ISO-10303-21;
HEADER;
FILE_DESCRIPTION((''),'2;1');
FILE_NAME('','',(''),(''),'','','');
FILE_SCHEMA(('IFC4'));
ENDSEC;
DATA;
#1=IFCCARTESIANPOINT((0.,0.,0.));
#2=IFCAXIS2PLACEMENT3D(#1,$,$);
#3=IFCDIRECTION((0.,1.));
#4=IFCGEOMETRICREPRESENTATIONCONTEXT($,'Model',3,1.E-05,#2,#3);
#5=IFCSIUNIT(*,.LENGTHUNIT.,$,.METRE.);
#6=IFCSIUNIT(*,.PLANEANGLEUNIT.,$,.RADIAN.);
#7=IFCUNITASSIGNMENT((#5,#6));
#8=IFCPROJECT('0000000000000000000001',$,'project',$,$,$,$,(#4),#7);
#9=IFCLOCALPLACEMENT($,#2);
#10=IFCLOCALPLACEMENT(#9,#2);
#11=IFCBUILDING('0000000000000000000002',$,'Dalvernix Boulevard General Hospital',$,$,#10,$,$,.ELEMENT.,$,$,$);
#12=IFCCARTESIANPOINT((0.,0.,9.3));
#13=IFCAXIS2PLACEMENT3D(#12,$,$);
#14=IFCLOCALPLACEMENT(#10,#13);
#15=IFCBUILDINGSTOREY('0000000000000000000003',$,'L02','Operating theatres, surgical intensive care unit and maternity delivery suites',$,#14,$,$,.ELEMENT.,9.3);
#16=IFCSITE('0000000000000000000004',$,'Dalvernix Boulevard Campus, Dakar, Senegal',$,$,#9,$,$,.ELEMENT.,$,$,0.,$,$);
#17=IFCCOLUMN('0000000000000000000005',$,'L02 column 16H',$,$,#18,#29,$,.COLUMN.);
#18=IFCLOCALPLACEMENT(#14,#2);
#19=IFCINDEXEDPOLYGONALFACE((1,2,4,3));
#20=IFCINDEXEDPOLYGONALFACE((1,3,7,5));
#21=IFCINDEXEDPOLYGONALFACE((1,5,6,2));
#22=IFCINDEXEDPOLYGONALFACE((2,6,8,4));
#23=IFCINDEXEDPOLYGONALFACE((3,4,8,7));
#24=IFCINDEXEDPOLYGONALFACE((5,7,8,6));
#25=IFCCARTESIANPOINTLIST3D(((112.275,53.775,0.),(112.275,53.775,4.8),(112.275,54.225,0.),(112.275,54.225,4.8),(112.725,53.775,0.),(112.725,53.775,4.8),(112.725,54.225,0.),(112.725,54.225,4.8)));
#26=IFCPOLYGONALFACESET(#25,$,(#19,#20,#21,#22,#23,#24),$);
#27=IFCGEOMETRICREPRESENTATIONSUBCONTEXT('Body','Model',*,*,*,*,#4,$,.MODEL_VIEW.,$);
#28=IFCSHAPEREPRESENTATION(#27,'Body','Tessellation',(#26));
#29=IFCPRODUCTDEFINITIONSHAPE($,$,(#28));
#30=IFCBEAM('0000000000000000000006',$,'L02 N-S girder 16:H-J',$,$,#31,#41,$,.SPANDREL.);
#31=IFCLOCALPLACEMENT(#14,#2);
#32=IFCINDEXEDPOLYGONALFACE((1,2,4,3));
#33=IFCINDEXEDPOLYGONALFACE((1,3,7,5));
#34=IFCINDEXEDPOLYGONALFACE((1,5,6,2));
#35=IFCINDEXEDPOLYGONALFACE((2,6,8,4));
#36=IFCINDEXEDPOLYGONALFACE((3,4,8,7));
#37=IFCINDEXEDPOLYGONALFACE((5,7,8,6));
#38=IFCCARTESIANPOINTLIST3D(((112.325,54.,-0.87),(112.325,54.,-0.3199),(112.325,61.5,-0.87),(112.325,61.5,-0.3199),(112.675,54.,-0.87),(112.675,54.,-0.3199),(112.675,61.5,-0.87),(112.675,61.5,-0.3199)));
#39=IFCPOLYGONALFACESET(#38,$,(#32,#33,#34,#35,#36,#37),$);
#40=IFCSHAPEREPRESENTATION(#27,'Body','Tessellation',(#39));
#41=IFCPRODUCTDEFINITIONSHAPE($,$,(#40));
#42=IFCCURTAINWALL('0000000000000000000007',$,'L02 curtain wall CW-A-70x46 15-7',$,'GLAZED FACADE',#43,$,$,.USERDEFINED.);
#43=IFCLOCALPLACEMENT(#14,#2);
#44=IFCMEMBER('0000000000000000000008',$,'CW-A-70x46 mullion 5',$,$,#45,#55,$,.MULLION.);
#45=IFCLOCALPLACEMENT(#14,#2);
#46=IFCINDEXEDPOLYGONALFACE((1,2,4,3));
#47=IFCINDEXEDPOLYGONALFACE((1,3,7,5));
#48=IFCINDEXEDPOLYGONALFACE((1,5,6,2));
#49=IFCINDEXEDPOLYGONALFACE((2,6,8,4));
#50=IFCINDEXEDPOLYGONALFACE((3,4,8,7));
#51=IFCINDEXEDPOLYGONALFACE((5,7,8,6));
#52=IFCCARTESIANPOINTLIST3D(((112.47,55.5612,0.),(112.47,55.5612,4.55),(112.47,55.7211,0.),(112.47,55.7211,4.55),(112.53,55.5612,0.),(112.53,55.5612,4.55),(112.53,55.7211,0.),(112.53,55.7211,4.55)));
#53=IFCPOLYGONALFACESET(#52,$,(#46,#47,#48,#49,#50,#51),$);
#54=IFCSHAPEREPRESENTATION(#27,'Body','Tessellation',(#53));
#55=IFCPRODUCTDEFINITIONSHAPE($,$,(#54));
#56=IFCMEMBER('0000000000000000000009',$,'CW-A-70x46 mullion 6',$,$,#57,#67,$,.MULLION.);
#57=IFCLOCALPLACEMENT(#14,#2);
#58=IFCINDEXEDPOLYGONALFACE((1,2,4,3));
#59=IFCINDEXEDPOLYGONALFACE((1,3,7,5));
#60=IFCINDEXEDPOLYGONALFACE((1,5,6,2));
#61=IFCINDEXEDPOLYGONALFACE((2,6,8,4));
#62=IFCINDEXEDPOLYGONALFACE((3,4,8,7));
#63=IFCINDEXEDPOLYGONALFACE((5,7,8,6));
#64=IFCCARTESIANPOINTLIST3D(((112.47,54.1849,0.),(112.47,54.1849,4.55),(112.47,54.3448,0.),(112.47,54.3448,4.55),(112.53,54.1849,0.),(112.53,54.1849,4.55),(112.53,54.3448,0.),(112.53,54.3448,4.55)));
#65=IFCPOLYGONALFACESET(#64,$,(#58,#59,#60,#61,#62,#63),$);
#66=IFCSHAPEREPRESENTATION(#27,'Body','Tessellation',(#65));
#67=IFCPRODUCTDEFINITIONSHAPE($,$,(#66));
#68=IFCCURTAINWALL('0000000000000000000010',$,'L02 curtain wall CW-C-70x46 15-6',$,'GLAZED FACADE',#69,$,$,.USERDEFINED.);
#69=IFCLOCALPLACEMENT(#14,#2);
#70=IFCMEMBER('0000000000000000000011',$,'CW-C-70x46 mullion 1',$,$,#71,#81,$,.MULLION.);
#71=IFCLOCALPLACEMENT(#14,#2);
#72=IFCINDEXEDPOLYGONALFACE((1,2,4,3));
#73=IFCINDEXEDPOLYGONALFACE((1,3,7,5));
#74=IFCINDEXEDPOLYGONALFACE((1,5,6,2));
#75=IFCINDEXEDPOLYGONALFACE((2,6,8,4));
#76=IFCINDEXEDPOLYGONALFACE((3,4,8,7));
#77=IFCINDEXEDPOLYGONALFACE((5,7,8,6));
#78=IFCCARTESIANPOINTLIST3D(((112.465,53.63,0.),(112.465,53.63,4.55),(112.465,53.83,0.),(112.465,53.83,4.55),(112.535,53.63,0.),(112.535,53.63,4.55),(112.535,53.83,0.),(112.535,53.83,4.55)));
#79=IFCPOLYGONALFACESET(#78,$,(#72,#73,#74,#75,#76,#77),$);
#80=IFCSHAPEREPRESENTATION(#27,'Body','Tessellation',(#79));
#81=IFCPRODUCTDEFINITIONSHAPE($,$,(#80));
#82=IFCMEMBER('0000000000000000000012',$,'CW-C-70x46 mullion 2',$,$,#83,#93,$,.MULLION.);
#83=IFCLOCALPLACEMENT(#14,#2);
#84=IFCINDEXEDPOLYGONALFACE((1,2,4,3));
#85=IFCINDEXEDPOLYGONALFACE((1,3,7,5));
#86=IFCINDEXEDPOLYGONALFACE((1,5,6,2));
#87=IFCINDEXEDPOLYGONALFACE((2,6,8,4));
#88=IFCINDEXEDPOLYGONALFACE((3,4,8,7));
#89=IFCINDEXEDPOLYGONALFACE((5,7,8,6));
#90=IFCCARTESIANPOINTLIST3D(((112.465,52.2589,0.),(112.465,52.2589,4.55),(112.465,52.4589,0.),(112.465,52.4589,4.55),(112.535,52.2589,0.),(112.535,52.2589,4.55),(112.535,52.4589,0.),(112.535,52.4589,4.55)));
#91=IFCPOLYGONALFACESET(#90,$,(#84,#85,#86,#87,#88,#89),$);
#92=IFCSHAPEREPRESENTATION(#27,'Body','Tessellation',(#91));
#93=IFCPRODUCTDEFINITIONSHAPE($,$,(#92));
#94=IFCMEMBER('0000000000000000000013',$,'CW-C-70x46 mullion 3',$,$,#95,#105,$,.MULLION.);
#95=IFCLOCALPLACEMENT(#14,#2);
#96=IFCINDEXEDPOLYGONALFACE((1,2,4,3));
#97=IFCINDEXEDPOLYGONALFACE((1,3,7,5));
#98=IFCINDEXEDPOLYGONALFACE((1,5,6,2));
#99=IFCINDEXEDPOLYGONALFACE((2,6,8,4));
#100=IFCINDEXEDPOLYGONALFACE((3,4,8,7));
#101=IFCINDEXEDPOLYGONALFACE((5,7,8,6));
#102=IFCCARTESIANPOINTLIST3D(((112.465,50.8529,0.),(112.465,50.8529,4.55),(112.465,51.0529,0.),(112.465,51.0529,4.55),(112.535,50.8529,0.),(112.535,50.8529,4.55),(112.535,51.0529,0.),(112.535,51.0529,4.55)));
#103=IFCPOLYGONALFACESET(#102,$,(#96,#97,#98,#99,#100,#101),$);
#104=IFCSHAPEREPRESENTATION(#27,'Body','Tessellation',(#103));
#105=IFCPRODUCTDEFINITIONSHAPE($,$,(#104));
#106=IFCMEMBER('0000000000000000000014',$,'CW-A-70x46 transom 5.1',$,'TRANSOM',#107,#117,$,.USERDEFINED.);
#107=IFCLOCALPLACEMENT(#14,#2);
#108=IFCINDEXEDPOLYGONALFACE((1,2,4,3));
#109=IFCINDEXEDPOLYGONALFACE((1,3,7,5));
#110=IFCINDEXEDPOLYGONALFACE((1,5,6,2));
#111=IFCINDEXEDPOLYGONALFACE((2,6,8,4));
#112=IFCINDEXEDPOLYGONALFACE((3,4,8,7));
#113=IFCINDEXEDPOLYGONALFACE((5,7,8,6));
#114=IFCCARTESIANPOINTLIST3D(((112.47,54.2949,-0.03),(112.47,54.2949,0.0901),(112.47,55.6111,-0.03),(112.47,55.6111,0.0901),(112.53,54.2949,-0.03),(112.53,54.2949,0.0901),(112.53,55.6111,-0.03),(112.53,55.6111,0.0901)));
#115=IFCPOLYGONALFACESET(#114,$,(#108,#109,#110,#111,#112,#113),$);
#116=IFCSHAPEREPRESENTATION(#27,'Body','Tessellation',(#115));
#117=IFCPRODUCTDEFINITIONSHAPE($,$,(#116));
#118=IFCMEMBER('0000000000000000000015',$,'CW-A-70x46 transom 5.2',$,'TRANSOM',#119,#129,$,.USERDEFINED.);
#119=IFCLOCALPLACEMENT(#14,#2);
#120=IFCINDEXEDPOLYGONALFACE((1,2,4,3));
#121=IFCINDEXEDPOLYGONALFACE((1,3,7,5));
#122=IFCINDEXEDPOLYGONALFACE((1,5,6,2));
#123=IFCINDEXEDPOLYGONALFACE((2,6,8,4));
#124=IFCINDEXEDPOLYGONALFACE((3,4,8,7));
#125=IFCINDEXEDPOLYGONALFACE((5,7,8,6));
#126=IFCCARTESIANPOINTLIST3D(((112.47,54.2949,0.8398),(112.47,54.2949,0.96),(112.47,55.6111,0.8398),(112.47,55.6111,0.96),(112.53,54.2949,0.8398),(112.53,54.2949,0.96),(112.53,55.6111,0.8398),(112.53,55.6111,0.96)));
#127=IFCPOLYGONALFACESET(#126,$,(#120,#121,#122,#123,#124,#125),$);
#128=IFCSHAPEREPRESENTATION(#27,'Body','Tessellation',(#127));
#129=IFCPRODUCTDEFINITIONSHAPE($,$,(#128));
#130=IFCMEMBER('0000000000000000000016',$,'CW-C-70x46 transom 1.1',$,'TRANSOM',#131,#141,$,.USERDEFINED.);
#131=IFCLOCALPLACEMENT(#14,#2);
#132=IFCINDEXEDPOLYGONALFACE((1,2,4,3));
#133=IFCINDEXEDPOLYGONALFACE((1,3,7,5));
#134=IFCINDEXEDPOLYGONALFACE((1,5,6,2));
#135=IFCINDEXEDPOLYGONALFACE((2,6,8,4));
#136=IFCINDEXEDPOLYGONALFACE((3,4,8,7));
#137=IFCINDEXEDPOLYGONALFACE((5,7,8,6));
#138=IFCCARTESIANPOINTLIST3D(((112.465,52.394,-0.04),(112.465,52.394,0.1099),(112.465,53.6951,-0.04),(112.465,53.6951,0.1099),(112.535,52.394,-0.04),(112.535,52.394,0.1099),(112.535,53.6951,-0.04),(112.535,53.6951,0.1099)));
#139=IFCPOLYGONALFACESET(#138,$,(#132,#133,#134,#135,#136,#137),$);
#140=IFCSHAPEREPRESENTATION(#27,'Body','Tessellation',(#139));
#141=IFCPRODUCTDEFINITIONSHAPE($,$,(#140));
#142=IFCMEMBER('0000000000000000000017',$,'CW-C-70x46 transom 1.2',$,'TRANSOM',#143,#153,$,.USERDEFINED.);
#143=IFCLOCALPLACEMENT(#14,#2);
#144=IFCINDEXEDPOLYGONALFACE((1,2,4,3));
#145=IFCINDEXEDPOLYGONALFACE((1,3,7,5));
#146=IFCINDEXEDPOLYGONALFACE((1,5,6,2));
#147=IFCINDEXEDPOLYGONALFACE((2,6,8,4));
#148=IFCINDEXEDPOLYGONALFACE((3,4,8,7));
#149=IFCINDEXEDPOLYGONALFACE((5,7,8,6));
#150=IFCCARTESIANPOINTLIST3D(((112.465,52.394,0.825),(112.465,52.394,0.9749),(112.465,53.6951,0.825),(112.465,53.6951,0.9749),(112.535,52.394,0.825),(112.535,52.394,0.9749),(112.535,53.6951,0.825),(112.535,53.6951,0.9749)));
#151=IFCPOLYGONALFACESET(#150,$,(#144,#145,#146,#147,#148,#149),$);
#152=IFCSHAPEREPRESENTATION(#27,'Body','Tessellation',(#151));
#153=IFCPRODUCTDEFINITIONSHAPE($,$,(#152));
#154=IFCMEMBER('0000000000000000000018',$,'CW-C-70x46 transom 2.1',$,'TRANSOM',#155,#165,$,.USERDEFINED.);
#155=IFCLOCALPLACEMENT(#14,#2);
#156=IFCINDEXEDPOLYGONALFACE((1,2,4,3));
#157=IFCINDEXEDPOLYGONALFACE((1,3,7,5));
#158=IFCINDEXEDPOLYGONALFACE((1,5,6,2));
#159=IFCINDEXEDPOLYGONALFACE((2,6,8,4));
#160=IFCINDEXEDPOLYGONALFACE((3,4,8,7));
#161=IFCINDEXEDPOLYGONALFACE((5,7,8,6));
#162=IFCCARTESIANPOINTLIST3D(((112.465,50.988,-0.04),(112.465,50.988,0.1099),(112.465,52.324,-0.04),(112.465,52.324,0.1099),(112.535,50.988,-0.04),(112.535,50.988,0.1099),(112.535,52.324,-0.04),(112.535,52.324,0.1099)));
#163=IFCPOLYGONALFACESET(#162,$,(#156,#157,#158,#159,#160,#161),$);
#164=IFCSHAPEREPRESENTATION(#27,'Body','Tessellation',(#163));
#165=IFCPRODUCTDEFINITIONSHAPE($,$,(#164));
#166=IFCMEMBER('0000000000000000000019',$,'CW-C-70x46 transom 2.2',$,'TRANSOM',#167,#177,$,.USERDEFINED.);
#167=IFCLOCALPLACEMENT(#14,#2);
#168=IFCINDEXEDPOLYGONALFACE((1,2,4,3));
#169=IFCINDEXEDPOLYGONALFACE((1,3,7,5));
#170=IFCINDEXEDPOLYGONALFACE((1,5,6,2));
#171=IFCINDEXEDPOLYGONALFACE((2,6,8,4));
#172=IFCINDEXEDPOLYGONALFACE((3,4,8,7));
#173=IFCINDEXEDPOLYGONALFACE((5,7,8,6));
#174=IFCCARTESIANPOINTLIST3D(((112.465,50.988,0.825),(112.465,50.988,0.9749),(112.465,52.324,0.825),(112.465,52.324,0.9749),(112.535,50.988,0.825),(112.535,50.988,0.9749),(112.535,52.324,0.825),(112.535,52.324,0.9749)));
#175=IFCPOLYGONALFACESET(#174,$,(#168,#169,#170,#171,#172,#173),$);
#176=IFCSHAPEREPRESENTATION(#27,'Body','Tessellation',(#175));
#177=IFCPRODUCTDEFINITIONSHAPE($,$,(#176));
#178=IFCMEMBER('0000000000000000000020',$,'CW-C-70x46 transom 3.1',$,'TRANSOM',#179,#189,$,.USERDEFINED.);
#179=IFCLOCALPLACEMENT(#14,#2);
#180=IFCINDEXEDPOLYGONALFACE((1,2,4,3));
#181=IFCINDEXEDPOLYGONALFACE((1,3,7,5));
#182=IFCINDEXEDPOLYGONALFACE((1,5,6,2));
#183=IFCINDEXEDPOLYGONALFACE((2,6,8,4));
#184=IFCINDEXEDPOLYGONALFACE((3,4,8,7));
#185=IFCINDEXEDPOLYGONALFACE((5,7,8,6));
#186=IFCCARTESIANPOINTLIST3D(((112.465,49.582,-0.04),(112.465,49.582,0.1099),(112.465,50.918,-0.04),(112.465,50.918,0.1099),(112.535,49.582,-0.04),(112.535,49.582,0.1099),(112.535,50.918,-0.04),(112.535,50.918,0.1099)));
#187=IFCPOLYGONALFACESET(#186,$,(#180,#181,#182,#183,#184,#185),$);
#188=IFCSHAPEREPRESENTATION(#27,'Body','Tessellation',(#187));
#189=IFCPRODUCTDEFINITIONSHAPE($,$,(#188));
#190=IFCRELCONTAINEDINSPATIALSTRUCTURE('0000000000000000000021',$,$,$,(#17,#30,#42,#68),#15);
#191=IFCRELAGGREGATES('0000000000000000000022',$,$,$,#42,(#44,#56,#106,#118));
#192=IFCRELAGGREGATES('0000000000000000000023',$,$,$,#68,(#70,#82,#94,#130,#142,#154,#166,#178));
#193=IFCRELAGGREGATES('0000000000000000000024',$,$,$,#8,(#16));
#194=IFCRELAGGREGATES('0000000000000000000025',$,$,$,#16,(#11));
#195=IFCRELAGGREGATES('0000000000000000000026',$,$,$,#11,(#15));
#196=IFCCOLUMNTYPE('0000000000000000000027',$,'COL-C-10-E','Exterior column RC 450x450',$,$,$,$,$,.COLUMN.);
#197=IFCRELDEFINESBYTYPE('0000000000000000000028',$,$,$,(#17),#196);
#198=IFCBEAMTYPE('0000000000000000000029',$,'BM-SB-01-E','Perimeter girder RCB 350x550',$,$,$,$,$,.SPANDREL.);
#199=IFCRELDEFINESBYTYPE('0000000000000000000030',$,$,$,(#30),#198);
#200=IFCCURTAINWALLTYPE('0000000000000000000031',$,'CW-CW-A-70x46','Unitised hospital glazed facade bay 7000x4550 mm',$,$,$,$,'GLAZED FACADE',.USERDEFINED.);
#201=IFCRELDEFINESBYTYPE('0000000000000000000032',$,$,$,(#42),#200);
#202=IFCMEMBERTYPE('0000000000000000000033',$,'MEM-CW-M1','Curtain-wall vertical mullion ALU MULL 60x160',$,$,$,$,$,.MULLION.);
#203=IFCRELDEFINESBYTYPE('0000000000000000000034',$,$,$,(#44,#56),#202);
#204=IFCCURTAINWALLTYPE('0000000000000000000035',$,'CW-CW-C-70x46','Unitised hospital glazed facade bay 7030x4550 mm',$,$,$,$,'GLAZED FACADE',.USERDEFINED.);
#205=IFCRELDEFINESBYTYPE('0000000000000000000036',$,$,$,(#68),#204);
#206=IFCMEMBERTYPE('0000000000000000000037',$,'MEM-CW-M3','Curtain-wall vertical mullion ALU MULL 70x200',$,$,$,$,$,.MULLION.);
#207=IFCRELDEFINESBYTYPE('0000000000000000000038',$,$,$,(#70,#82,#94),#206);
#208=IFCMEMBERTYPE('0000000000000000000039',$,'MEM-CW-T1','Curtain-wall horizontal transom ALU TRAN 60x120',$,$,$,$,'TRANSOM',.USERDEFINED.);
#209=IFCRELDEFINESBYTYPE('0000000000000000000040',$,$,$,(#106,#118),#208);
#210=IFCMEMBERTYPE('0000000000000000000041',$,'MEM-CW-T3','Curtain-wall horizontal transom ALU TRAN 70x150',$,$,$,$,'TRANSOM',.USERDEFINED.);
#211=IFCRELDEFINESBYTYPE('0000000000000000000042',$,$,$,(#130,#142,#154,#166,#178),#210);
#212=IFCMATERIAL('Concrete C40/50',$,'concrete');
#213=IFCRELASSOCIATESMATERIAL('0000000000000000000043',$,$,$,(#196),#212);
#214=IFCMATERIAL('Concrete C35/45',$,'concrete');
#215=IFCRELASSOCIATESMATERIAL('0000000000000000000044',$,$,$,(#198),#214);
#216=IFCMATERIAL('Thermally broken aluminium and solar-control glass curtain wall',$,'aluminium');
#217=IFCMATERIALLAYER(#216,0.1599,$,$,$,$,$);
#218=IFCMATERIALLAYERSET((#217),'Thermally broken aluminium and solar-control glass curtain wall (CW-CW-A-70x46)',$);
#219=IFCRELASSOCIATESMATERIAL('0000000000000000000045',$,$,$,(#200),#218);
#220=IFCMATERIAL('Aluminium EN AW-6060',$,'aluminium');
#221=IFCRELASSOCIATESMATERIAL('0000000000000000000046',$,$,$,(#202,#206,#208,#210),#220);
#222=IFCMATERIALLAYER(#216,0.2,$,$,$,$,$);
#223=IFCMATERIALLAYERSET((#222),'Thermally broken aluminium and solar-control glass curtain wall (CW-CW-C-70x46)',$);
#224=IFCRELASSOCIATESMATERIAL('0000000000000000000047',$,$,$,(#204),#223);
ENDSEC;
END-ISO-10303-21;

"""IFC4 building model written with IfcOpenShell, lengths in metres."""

from ifc_helpers import new_model, si_unit, direction, frame, origin, origin_2d, place, context, subcontext, project, spatial, rectangle, extrude, material, layer, layer_set, material_profile, profile_set, type_object, element, aggregate, save


model = new_model("IFC4")

# Units and contexts
model_context = context("Model", 3, precision=1e-05, world=origin(), true_north=direction((0.0, 1.0)))
body_context = subcontext(model_context, "Body", "Model", "MODEL_VIEW")
ifc_project = project(units=[si_unit("LENGTHUNIT", "METRE"), si_unit("PLANEANGLEUNIT", "RADIAN")], contexts=[model_context])

# Site, building, storey
site_placement = place(None, origin())
site = spatial("IfcSite", under=ifc_project, at=site_placement, Name="Dalvernix Boulevard Campus, Dakar, Senegal", CompositionType="ELEMENT", RefElevation=0.0)
building_placement = place(site_placement, origin())
building = spatial("IfcBuilding", under=site, at=building_placement, Name="Dalvernix Boulevard General Hospital", CompositionType="ELEMENT")
storey_placement = place(building_placement, frame((0.0, 0.0, 9.3)))
storey = spatial("IfcBuildingStorey", under=building, at=storey_placement, Name="L02", Description="Operating theatres, surgical intensive care unit and maternity delivery suites", CompositionType="ELEMENT", Elevation=9.3)

# Column
ifc_material_1 = material(Name="Concrete C40/50", Category="concrete")
ifc_material_profile_1 = material_profile(ifc_material_1, rectangle(XDim=0.45, YDim=0.45, at=origin_2d()), Name="RC 450x450")
ifc_profile_set_1 = profile_set([ifc_material_profile_1], Name="Concrete C40/50")
column_type = type_object("IfcColumnType", Name="COL-C-10-E", Description="Exterior column RC 450x450", PredefinedType="COLUMN", material=ifc_profile_set_1)
column_placement = place(storey_placement, frame((112.5, 54.0, 0.0), z_axis=(0.0, 0.0, 1.0), x_axis=(1.0, 0.0, 0.0)))
element("IfcColumn", 1, at=column_placement, inside=storey, type_object=column_type, Name="L02 column 16H", PredefinedType="COLUMN", context=body_context, shape_type="SweptSolid", body=[
    extrude(rectangle(XDim=0.45, YDim=0.45, at=origin_2d()), origin(), (0.0, 0.0, 1.0), 4.8),
])

# Beam
ifc_material_2 = material(Name="Concrete C35/45", Category="concrete")
ifc_material_profile_2 = material_profile(ifc_material_2, rectangle(XDim=0.3501, YDim=0.55, at=origin_2d()), Name="RCB 350x550")
ifc_profile_set_2 = profile_set([ifc_material_profile_2], Name="Concrete C35/45")
beam_type = type_object("IfcBeamType", Name="BM-SB-01-E", Description="Perimeter girder RCB 350x550", PredefinedType="SPANDREL", material=ifc_profile_set_2)
beam_placement = place(storey_placement, frame((112.5, 54.0, -0.595), z_axis=(0.0, 1.0, 0.0), x_axis=(-1.0, 0.0, 0.0)))
element("IfcBeam", 2, at=beam_placement, inside=storey, type_object=beam_type, Name="L02 N-S girder 16:H-J", PredefinedType="SPANDREL", context=body_context, shape_type="SweptSolid", body=[
    extrude(rectangle(XDim=0.3501, YDim=0.55, at=origin_2d()), origin(), (0.0, 0.0, 1.0), 7.5),
])

# Curtain walls, members
ifc_material_3 = material(Name="Thermally broken aluminium and solar-control glass curtain wall", Category="aluminium")
ifc_layer_1 = layer(ifc_material_3, 0.1599)
ifc_layer_set_1 = layer_set([ifc_layer_1], Name="Thermally broken aluminium and solar-control glass curtain wall (CW-CW-A-70x46)")
curtain_wall_type_1 = type_object("IfcCurtainWallType", Name="CW-CW-A-70x46", Description="Unitised hospital glazed facade bay 7000x4550 mm", ElementType="GLAZED FACADE", PredefinedType="USERDEFINED", material=ifc_layer_set_1)
curtain_wall_1_placement = place(storey_placement, origin())
curtain_wall_1 = element("IfcCurtainWall", 3, at=curtain_wall_1_placement, inside=storey, type_object=curtain_wall_type_1, Name="L02 curtain wall CW-A-70x46 15-7", ObjectType="GLAZED FACADE", PredefinedType="USERDEFINED")
ifc_material_4 = material(Name="Aluminium EN AW-6060", Category="aluminium")
ifc_material_profile_3 = material_profile(ifc_material_4, rectangle(XDim=0.0601, YDim=0.1599, at=origin_2d()), Name="ALU MULL 60x160")
ifc_profile_set_3 = profile_set([ifc_material_profile_3], Name="Aluminium EN AW-6060")
member_type_1 = type_object("IfcMemberType", Name="MEM-CW-M1", Description="Curtain-wall vertical mullion ALU MULL 60x160", PredefinedType="MULLION", material=ifc_profile_set_3)
member_1_placement = place(storey_placement, frame((112.5, 55.6411, 0.0), z_axis=(0.0, 0.0, 1.0), x_axis=(1.0, 0.0, 0.0)))
member_1 = element("IfcMember", 4, at=member_1_placement, type_object=member_type_1, Name="CW-A-70x46 mullion 5", PredefinedType="MULLION", context=body_context, shape_type="SweptSolid", body=[
    extrude(rectangle(XDim=0.0601, YDim=0.1599, at=origin_2d()), origin(), (0.0, 0.0, 1.0), 4.55),
])
member_2_placement = place(storey_placement, frame((112.5, 54.2649, 0.0), z_axis=(0.0, 0.0, 1.0), x_axis=(1.0, 0.0, 0.0)))
member_2 = element("IfcMember", 5, at=member_2_placement, type_object=member_type_1, Name="CW-A-70x46 mullion 6", PredefinedType="MULLION", context=body_context, shape_type="SweptSolid", body=[
    extrude(rectangle(XDim=0.0601, YDim=0.1599, at=origin_2d()), origin(), (0.0, 0.0, 1.0), 4.55),
])
ifc_layer_2 = layer(ifc_material_3, 0.2)
ifc_layer_set_2 = layer_set([ifc_layer_2], Name="Thermally broken aluminium and solar-control glass curtain wall (CW-CW-C-70x46)")
curtain_wall_type_2 = type_object("IfcCurtainWallType", Name="CW-CW-C-70x46", Description="Unitised hospital glazed facade bay 7030x4550 mm", ElementType="GLAZED FACADE", PredefinedType="USERDEFINED", material=ifc_layer_set_2)
curtain_wall_2_placement = place(storey_placement, origin())
curtain_wall_2 = element("IfcCurtainWall", 6, at=curtain_wall_2_placement, inside=storey, type_object=curtain_wall_type_2, Name="L02 curtain wall CW-C-70x46 15-6", ObjectType="GLAZED FACADE", PredefinedType="USERDEFINED")
ifc_material_profile_4 = material_profile(ifc_material_4, rectangle(XDim=0.0701, YDim=0.2, at=origin_2d()), Name="ALU MULL 70x200")
ifc_profile_set_4 = profile_set([ifc_material_profile_4], Name="Aluminium EN AW-6060")
member_type_2 = type_object("IfcMemberType", Name="MEM-CW-M3", Description="Curtain-wall vertical mullion ALU MULL 70x200", PredefinedType="MULLION", material=ifc_profile_set_4)
member_3_placement = place(storey_placement, frame((112.5, 53.73, 0.0), z_axis=(0.0, 0.0, 1.0), x_axis=(1.0, 0.0, 0.0)))
member_3 = element("IfcMember", 7, at=member_3_placement, type_object=member_type_2, Name="CW-C-70x46 mullion 1", PredefinedType="MULLION", context=body_context, shape_type="SweptSolid", body=[
    extrude(rectangle(XDim=0.0701, YDim=0.2, at=origin_2d()), origin(), (0.0, 0.0, 1.0), 4.55),
])
member_4_placement = place(storey_placement, frame((112.5, 52.3589, 0.0), z_axis=(0.0, 0.0, 1.0), x_axis=(1.0, 0.0, 0.0)))
member_4 = element("IfcMember", 8, at=member_4_placement, type_object=member_type_2, Name="CW-C-70x46 mullion 2", PredefinedType="MULLION", context=body_context, shape_type="SweptSolid", body=[
    extrude(rectangle(XDim=0.0701, YDim=0.2, at=origin_2d()), origin(), (0.0, 0.0, 1.0), 4.55),
])
member_5_placement = place(storey_placement, frame((112.5, 50.9529, 0.0), z_axis=(0.0, 0.0, 1.0), x_axis=(1.0, 0.0, 0.0)))
member_5 = element("IfcMember", 9, at=member_5_placement, type_object=member_type_2, Name="CW-C-70x46 mullion 3", PredefinedType="MULLION", context=body_context, shape_type="SweptSolid", body=[
    extrude(rectangle(XDim=0.0701, YDim=0.2, at=origin_2d()), origin(), (0.0, 0.0, 1.0), 4.55),
])

# Members
ifc_material_profile_5 = material_profile(ifc_material_4, rectangle(XDim=0.0601, YDim=0.1201, at=origin_2d()), Name="ALU TRAN 60x120")
ifc_profile_set_5 = profile_set([ifc_material_profile_5], Name="Aluminium EN AW-6060")
member_type_3 = type_object("IfcMemberType", Name="MEM-CW-T1", Description="Curtain-wall horizontal transom ALU TRAN 60x120", ElementType="TRANSOM", PredefinedType="USERDEFINED", material=ifc_profile_set_5)
member_6_placement = place(storey_placement, frame((112.5, 55.6111, 0.03), z_axis=(0.0, -1.0, 0.0), x_axis=(1.0, 0.0, 0.0)))
member_6 = element("IfcMember", 10, at=member_6_placement, type_object=member_type_3, Name="CW-A-70x46 transom 5.1", ObjectType="TRANSOM", PredefinedType="USERDEFINED", context=body_context, shape_type="SweptSolid", body=[
    extrude(rectangle(XDim=0.0601, YDim=0.1201, at=origin_2d()), origin(), (0.0, 0.0, 1.0), 1.3162),
])
member_7_placement = place(storey_placement, frame((112.5, 55.6111, 0.8999), z_axis=(0.0, -1.0, 0.0), x_axis=(1.0, 0.0, 0.0)))
member_7 = element("IfcMember", 11, at=member_7_placement, type_object=member_type_3, Name="CW-A-70x46 transom 5.2", ObjectType="TRANSOM", PredefinedType="USERDEFINED", context=body_context, shape_type="SweptSolid", body=[
    extrude(rectangle(XDim=0.0601, YDim=0.1201, at=origin_2d()), origin(), (0.0, 0.0, 1.0), 1.3162),
])
ifc_material_profile_6 = material_profile(ifc_material_4, rectangle(XDim=0.0701, YDim=0.1499, at=origin_2d()), Name="ALU TRAN 70x150")
ifc_profile_set_6 = profile_set([ifc_material_profile_6], Name="Aluminium EN AW-6060")
member_type_4 = type_object("IfcMemberType", Name="MEM-CW-T3", Description="Curtain-wall horizontal transom ALU TRAN 70x150", ElementType="TRANSOM", PredefinedType="USERDEFINED", material=ifc_profile_set_6)
member_8_placement = place(storey_placement, frame((112.5, 53.6951, 0.0349), z_axis=(0.0, -1.0, 0.0), x_axis=(1.0, 0.0, 0.0)))
member_8 = element("IfcMember", 12, at=member_8_placement, type_object=member_type_4, Name="CW-C-70x46 transom 1.1", ObjectType="TRANSOM", PredefinedType="USERDEFINED", context=body_context, shape_type="SweptSolid", body=[
    extrude(rectangle(XDim=0.0701, YDim=0.1499, at=origin_2d()), origin(), (0.0, 0.0, 1.0), 1.301),
])
member_9_placement = place(storey_placement, frame((112.5, 53.6951, 0.8999), z_axis=(0.0, -1.0, 0.0), x_axis=(1.0, 0.0, 0.0)))
member_9 = element("IfcMember", 13, at=member_9_placement, type_object=member_type_4, Name="CW-C-70x46 transom 1.2", ObjectType="TRANSOM", PredefinedType="USERDEFINED", context=body_context, shape_type="SweptSolid", body=[
    extrude(rectangle(XDim=0.0701, YDim=0.1499, at=origin_2d()), origin(), (0.0, 0.0, 1.0), 1.301),
])
member_10_placement = place(storey_placement, frame((112.5, 52.324, 0.0349), z_axis=(0.0, -1.0, 0.0), x_axis=(1.0, 0.0, 0.0)))
member_10 = element("IfcMember", 14, at=member_10_placement, type_object=member_type_4, Name="CW-C-70x46 transom 2.1", ObjectType="TRANSOM", PredefinedType="USERDEFINED", context=body_context, shape_type="SweptSolid", body=[
    extrude(rectangle(XDim=0.0701, YDim=0.1499, at=origin_2d()), origin(), (0.0, 0.0, 1.0), 1.3359),
])
member_11_placement = place(storey_placement, frame((112.5, 52.324, 0.8999), z_axis=(0.0, -1.0, 0.0), x_axis=(1.0, 0.0, 0.0)))
member_11 = element("IfcMember", 15, at=member_11_placement, type_object=member_type_4, Name="CW-C-70x46 transom 2.2", ObjectType="TRANSOM", PredefinedType="USERDEFINED", context=body_context, shape_type="SweptSolid", body=[
    extrude(rectangle(XDim=0.0701, YDim=0.1499, at=origin_2d()), origin(), (0.0, 0.0, 1.0), 1.3359),
])
member_12_placement = place(storey_placement, frame((112.5, 50.918, 0.0349), z_axis=(0.0, -1.0, 0.0), x_axis=(1.0, 0.0, 0.0)))
member_12 = element("IfcMember", 16, at=member_12_placement, type_object=member_type_4, Name="CW-C-70x46 transom 3.1", ObjectType="TRANSOM", PredefinedType="USERDEFINED", context=body_context, shape_type="SweptSolid", body=[
    extrude(rectangle(XDim=0.0701, YDim=0.1499, at=origin_2d()), origin(), (0.0, 0.0, 1.0), 1.3359),
])

aggregate(curtain_wall_1, [member_1, member_2, member_6, member_7])
aggregate(curtain_wall_2, [member_3, member_4, member_5, member_8, member_9, member_10, member_11, member_12])

save(model, "model.ifc")
